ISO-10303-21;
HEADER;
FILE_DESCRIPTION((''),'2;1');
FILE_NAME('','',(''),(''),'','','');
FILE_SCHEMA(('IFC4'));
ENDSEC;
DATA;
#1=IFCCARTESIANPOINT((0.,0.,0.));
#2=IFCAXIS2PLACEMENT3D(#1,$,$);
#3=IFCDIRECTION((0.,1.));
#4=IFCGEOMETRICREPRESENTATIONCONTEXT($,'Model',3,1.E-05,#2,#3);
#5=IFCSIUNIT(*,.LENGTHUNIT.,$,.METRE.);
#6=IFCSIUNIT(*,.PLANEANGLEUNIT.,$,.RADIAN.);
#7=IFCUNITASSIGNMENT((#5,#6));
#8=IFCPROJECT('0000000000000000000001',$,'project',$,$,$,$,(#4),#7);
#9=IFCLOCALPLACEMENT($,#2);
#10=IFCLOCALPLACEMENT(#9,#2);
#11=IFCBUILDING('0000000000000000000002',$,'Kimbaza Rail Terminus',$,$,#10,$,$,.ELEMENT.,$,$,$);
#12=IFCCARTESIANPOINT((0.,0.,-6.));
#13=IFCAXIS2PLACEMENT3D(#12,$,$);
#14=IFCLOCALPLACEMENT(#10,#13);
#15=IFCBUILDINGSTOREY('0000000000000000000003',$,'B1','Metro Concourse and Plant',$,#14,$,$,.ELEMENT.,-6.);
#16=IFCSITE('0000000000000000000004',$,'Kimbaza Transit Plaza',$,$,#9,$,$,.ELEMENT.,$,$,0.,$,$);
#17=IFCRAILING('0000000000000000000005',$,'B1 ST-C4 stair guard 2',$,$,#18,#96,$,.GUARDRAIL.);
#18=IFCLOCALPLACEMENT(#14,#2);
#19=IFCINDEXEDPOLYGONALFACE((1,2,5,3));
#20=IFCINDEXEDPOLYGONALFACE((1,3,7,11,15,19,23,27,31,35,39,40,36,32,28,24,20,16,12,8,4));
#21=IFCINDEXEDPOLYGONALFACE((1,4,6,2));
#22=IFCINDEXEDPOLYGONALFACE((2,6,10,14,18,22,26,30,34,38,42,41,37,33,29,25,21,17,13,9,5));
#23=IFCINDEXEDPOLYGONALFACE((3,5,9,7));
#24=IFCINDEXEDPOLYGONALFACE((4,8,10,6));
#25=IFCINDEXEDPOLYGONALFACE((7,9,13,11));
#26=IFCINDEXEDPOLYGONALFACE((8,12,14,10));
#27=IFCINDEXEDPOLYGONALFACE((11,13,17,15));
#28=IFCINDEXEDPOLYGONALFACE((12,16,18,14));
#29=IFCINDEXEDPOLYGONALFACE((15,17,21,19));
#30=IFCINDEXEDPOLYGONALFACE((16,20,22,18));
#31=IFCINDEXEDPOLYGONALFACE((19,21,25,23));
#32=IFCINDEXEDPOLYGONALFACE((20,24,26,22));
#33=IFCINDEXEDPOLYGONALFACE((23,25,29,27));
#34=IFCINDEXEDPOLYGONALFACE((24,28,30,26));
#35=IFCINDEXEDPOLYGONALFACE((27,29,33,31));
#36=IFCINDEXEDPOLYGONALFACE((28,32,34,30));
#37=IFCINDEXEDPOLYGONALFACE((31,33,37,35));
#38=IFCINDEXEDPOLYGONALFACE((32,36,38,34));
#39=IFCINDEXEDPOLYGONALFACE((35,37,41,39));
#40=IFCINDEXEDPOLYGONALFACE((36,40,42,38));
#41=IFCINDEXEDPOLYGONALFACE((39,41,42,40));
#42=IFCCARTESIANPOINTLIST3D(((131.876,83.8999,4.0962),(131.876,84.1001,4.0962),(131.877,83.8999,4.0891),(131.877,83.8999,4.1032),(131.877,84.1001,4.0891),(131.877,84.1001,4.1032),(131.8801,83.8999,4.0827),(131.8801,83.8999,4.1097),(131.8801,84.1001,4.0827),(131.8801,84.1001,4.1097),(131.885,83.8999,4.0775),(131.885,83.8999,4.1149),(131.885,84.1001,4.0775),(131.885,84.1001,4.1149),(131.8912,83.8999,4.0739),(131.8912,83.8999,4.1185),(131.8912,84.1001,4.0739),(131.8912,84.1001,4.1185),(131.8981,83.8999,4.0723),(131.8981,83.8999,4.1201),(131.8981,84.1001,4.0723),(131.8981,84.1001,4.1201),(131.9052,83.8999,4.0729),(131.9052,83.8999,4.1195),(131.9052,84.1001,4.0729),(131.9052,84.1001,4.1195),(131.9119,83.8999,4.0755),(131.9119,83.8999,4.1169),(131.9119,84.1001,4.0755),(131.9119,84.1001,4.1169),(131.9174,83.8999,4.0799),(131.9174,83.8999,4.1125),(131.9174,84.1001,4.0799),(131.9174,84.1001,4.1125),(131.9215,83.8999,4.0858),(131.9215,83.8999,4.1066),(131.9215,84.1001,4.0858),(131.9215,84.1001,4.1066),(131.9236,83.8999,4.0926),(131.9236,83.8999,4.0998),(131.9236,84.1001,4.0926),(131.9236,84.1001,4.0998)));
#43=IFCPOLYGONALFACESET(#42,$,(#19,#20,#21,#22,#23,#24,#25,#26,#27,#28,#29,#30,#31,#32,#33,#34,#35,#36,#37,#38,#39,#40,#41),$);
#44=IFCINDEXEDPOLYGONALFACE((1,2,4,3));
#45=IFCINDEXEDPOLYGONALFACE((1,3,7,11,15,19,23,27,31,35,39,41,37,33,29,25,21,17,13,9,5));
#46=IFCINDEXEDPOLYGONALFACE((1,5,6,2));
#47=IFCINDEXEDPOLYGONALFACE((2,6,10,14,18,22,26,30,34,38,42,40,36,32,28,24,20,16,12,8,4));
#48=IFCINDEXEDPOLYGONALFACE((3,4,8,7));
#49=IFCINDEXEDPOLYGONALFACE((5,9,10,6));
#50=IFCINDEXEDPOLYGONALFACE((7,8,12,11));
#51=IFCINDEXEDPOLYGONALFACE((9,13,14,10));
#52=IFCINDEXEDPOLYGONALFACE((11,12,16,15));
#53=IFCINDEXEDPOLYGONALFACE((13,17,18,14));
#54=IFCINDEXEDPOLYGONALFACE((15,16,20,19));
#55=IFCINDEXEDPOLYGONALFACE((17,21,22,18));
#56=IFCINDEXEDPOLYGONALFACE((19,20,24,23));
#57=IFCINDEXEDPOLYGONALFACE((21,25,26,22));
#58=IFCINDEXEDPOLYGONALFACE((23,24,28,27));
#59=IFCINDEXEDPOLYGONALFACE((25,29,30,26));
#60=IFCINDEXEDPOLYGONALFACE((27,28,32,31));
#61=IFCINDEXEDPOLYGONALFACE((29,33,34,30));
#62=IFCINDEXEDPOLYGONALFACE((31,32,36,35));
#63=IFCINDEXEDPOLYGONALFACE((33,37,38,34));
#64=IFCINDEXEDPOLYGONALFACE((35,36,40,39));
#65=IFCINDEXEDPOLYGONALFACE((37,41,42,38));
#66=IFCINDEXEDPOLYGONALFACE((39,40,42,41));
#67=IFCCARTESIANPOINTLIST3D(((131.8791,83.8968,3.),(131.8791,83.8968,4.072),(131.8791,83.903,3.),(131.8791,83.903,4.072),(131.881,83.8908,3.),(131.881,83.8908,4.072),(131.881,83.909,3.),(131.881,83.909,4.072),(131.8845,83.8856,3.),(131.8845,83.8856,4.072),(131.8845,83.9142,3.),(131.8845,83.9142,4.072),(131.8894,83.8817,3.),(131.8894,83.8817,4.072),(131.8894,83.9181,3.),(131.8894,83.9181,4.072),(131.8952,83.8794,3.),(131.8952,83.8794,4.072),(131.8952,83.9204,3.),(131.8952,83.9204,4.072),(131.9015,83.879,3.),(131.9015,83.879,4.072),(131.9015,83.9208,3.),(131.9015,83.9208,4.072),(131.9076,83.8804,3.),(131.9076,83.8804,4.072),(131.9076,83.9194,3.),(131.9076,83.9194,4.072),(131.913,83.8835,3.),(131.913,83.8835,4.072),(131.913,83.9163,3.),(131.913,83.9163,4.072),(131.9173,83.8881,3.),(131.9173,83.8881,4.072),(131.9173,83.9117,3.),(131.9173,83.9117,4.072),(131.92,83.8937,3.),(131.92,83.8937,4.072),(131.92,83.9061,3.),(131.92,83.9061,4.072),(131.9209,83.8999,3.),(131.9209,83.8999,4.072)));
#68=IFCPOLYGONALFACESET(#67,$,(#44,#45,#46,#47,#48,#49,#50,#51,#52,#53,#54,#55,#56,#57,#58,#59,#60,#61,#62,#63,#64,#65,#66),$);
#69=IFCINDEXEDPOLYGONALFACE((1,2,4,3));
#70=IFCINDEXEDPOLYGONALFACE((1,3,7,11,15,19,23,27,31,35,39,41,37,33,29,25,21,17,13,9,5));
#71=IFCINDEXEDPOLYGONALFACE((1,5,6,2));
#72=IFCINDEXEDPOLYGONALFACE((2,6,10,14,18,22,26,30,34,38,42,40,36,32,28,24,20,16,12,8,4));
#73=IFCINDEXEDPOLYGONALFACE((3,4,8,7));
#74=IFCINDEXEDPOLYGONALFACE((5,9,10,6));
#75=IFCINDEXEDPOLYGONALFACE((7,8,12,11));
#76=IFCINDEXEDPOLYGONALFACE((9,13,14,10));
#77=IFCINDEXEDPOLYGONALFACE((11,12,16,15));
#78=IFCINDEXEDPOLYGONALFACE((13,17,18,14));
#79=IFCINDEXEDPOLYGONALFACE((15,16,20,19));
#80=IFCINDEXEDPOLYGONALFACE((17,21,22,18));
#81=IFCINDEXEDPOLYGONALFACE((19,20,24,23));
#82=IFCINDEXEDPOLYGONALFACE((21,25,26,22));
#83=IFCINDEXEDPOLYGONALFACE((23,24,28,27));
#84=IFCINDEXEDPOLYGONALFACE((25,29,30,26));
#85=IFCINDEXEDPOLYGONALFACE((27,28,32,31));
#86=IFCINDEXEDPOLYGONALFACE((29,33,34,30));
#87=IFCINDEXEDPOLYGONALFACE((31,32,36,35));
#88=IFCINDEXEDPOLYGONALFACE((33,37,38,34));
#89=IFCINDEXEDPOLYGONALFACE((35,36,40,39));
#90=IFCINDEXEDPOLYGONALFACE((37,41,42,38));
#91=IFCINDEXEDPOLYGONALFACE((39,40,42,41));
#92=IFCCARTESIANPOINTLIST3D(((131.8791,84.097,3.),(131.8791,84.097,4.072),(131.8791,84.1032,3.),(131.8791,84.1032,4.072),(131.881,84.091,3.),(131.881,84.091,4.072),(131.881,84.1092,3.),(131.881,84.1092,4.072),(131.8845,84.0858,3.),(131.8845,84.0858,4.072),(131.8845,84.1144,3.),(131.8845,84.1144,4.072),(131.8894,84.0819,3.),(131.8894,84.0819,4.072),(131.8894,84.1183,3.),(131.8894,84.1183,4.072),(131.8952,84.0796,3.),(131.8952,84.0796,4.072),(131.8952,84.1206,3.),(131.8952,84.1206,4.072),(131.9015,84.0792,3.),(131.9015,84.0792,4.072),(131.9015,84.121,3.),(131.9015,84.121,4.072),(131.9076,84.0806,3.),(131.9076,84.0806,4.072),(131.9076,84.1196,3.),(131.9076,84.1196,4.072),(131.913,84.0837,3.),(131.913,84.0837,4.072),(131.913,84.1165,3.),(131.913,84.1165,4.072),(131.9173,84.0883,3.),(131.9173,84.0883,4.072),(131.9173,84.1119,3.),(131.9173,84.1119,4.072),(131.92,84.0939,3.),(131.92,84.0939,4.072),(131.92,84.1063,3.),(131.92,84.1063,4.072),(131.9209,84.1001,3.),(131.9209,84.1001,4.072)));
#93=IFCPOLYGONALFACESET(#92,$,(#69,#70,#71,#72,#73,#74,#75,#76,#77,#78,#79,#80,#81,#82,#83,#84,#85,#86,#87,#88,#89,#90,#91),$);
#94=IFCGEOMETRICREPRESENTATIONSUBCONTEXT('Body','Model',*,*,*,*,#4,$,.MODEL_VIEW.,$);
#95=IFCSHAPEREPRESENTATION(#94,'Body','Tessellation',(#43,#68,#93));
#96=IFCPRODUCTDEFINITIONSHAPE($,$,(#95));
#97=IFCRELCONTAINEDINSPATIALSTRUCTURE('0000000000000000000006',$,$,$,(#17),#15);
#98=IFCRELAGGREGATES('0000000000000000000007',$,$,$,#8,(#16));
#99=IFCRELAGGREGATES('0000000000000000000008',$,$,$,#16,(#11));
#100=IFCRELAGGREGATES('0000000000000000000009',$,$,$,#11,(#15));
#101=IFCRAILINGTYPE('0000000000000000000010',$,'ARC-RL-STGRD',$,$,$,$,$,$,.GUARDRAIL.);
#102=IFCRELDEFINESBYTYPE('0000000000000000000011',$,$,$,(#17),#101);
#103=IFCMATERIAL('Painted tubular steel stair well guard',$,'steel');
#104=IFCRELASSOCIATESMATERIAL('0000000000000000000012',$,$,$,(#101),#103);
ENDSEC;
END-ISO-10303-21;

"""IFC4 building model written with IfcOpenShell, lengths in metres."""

from ifc_helpers import new_model, si_unit, direction, frame, origin, origin_2d, place, context, subcontext, project, spatial, circle, extrude, material, type_object, element, save


model = new_model("IFC4")

# Units and contexts
model_context = context("Model", 3, precision=1e-05, world=origin(), true_north=direction((0.0, 1.0)))
body_context = subcontext(model_context, "Body", "Model", "MODEL_VIEW")
ifc_project = project(units=[si_unit("LENGTHUNIT", "METRE"), si_unit("PLANEANGLEUNIT", "RADIAN")], contexts=[model_context])

# Site, building, storey
site_placement = place(None, origin())
site = spatial("IfcSite", under=ifc_project, at=site_placement, Name="Kimbaza Transit Plaza", CompositionType="ELEMENT", RefElevation=0.0)
building_placement = place(site_placement, origin())
building = spatial("IfcBuilding", under=site, at=building_placement, Name="Kimbaza Rail Terminus", CompositionType="ELEMENT")
storey_placement = place(building_placement, frame((0.0, 0.0, -6.0)))
storey = spatial("IfcBuildingStorey", under=building, at=storey_placement, Name="B1", Description="Metro Concourse and Plant", CompositionType="ELEMENT", Elevation=-6.0)

# Railing
ifc_material_1 = material(Name="Painted tubular steel stair well guard", Category="steel")
railing_type_1 = type_object("IfcRailingType", Name="ARC-RL-STGRD", PredefinedType="GUARDRAIL", material=ifc_material_1)
railing_1_placement = place(storey_placement, frame((131.8999, 83.8999, 3.0)))
element("IfcRailing", 1, at=railing_1_placement, inside=storey, type_object=railing_type_1, Name="B1 ST-C4 stair guard 2", PredefinedType="GUARDRAIL", context=body_context, shape_type="SweptSolid", body=[
    extrude(circle(Radius=0.0239, at=origin_2d()), frame((0.0, 0.0, 1.0962), z_axis=(0.0, 1.0, 0.0), x_axis=(-1.0, 0.0, 0.0)), (0.0, 0.0, 1.0), 0.2002),
    extrude(circle(Radius=0.021, at=origin_2d()), origin(), (0.0, 0.0, 1.0), 1.072),
    extrude(circle(Radius=0.021, at=origin_2d()), frame((0.0, 0.2002, 0.0)), (0.0, 0.0, 1.0), 1.072),
])

save(model, "model.ifc")
